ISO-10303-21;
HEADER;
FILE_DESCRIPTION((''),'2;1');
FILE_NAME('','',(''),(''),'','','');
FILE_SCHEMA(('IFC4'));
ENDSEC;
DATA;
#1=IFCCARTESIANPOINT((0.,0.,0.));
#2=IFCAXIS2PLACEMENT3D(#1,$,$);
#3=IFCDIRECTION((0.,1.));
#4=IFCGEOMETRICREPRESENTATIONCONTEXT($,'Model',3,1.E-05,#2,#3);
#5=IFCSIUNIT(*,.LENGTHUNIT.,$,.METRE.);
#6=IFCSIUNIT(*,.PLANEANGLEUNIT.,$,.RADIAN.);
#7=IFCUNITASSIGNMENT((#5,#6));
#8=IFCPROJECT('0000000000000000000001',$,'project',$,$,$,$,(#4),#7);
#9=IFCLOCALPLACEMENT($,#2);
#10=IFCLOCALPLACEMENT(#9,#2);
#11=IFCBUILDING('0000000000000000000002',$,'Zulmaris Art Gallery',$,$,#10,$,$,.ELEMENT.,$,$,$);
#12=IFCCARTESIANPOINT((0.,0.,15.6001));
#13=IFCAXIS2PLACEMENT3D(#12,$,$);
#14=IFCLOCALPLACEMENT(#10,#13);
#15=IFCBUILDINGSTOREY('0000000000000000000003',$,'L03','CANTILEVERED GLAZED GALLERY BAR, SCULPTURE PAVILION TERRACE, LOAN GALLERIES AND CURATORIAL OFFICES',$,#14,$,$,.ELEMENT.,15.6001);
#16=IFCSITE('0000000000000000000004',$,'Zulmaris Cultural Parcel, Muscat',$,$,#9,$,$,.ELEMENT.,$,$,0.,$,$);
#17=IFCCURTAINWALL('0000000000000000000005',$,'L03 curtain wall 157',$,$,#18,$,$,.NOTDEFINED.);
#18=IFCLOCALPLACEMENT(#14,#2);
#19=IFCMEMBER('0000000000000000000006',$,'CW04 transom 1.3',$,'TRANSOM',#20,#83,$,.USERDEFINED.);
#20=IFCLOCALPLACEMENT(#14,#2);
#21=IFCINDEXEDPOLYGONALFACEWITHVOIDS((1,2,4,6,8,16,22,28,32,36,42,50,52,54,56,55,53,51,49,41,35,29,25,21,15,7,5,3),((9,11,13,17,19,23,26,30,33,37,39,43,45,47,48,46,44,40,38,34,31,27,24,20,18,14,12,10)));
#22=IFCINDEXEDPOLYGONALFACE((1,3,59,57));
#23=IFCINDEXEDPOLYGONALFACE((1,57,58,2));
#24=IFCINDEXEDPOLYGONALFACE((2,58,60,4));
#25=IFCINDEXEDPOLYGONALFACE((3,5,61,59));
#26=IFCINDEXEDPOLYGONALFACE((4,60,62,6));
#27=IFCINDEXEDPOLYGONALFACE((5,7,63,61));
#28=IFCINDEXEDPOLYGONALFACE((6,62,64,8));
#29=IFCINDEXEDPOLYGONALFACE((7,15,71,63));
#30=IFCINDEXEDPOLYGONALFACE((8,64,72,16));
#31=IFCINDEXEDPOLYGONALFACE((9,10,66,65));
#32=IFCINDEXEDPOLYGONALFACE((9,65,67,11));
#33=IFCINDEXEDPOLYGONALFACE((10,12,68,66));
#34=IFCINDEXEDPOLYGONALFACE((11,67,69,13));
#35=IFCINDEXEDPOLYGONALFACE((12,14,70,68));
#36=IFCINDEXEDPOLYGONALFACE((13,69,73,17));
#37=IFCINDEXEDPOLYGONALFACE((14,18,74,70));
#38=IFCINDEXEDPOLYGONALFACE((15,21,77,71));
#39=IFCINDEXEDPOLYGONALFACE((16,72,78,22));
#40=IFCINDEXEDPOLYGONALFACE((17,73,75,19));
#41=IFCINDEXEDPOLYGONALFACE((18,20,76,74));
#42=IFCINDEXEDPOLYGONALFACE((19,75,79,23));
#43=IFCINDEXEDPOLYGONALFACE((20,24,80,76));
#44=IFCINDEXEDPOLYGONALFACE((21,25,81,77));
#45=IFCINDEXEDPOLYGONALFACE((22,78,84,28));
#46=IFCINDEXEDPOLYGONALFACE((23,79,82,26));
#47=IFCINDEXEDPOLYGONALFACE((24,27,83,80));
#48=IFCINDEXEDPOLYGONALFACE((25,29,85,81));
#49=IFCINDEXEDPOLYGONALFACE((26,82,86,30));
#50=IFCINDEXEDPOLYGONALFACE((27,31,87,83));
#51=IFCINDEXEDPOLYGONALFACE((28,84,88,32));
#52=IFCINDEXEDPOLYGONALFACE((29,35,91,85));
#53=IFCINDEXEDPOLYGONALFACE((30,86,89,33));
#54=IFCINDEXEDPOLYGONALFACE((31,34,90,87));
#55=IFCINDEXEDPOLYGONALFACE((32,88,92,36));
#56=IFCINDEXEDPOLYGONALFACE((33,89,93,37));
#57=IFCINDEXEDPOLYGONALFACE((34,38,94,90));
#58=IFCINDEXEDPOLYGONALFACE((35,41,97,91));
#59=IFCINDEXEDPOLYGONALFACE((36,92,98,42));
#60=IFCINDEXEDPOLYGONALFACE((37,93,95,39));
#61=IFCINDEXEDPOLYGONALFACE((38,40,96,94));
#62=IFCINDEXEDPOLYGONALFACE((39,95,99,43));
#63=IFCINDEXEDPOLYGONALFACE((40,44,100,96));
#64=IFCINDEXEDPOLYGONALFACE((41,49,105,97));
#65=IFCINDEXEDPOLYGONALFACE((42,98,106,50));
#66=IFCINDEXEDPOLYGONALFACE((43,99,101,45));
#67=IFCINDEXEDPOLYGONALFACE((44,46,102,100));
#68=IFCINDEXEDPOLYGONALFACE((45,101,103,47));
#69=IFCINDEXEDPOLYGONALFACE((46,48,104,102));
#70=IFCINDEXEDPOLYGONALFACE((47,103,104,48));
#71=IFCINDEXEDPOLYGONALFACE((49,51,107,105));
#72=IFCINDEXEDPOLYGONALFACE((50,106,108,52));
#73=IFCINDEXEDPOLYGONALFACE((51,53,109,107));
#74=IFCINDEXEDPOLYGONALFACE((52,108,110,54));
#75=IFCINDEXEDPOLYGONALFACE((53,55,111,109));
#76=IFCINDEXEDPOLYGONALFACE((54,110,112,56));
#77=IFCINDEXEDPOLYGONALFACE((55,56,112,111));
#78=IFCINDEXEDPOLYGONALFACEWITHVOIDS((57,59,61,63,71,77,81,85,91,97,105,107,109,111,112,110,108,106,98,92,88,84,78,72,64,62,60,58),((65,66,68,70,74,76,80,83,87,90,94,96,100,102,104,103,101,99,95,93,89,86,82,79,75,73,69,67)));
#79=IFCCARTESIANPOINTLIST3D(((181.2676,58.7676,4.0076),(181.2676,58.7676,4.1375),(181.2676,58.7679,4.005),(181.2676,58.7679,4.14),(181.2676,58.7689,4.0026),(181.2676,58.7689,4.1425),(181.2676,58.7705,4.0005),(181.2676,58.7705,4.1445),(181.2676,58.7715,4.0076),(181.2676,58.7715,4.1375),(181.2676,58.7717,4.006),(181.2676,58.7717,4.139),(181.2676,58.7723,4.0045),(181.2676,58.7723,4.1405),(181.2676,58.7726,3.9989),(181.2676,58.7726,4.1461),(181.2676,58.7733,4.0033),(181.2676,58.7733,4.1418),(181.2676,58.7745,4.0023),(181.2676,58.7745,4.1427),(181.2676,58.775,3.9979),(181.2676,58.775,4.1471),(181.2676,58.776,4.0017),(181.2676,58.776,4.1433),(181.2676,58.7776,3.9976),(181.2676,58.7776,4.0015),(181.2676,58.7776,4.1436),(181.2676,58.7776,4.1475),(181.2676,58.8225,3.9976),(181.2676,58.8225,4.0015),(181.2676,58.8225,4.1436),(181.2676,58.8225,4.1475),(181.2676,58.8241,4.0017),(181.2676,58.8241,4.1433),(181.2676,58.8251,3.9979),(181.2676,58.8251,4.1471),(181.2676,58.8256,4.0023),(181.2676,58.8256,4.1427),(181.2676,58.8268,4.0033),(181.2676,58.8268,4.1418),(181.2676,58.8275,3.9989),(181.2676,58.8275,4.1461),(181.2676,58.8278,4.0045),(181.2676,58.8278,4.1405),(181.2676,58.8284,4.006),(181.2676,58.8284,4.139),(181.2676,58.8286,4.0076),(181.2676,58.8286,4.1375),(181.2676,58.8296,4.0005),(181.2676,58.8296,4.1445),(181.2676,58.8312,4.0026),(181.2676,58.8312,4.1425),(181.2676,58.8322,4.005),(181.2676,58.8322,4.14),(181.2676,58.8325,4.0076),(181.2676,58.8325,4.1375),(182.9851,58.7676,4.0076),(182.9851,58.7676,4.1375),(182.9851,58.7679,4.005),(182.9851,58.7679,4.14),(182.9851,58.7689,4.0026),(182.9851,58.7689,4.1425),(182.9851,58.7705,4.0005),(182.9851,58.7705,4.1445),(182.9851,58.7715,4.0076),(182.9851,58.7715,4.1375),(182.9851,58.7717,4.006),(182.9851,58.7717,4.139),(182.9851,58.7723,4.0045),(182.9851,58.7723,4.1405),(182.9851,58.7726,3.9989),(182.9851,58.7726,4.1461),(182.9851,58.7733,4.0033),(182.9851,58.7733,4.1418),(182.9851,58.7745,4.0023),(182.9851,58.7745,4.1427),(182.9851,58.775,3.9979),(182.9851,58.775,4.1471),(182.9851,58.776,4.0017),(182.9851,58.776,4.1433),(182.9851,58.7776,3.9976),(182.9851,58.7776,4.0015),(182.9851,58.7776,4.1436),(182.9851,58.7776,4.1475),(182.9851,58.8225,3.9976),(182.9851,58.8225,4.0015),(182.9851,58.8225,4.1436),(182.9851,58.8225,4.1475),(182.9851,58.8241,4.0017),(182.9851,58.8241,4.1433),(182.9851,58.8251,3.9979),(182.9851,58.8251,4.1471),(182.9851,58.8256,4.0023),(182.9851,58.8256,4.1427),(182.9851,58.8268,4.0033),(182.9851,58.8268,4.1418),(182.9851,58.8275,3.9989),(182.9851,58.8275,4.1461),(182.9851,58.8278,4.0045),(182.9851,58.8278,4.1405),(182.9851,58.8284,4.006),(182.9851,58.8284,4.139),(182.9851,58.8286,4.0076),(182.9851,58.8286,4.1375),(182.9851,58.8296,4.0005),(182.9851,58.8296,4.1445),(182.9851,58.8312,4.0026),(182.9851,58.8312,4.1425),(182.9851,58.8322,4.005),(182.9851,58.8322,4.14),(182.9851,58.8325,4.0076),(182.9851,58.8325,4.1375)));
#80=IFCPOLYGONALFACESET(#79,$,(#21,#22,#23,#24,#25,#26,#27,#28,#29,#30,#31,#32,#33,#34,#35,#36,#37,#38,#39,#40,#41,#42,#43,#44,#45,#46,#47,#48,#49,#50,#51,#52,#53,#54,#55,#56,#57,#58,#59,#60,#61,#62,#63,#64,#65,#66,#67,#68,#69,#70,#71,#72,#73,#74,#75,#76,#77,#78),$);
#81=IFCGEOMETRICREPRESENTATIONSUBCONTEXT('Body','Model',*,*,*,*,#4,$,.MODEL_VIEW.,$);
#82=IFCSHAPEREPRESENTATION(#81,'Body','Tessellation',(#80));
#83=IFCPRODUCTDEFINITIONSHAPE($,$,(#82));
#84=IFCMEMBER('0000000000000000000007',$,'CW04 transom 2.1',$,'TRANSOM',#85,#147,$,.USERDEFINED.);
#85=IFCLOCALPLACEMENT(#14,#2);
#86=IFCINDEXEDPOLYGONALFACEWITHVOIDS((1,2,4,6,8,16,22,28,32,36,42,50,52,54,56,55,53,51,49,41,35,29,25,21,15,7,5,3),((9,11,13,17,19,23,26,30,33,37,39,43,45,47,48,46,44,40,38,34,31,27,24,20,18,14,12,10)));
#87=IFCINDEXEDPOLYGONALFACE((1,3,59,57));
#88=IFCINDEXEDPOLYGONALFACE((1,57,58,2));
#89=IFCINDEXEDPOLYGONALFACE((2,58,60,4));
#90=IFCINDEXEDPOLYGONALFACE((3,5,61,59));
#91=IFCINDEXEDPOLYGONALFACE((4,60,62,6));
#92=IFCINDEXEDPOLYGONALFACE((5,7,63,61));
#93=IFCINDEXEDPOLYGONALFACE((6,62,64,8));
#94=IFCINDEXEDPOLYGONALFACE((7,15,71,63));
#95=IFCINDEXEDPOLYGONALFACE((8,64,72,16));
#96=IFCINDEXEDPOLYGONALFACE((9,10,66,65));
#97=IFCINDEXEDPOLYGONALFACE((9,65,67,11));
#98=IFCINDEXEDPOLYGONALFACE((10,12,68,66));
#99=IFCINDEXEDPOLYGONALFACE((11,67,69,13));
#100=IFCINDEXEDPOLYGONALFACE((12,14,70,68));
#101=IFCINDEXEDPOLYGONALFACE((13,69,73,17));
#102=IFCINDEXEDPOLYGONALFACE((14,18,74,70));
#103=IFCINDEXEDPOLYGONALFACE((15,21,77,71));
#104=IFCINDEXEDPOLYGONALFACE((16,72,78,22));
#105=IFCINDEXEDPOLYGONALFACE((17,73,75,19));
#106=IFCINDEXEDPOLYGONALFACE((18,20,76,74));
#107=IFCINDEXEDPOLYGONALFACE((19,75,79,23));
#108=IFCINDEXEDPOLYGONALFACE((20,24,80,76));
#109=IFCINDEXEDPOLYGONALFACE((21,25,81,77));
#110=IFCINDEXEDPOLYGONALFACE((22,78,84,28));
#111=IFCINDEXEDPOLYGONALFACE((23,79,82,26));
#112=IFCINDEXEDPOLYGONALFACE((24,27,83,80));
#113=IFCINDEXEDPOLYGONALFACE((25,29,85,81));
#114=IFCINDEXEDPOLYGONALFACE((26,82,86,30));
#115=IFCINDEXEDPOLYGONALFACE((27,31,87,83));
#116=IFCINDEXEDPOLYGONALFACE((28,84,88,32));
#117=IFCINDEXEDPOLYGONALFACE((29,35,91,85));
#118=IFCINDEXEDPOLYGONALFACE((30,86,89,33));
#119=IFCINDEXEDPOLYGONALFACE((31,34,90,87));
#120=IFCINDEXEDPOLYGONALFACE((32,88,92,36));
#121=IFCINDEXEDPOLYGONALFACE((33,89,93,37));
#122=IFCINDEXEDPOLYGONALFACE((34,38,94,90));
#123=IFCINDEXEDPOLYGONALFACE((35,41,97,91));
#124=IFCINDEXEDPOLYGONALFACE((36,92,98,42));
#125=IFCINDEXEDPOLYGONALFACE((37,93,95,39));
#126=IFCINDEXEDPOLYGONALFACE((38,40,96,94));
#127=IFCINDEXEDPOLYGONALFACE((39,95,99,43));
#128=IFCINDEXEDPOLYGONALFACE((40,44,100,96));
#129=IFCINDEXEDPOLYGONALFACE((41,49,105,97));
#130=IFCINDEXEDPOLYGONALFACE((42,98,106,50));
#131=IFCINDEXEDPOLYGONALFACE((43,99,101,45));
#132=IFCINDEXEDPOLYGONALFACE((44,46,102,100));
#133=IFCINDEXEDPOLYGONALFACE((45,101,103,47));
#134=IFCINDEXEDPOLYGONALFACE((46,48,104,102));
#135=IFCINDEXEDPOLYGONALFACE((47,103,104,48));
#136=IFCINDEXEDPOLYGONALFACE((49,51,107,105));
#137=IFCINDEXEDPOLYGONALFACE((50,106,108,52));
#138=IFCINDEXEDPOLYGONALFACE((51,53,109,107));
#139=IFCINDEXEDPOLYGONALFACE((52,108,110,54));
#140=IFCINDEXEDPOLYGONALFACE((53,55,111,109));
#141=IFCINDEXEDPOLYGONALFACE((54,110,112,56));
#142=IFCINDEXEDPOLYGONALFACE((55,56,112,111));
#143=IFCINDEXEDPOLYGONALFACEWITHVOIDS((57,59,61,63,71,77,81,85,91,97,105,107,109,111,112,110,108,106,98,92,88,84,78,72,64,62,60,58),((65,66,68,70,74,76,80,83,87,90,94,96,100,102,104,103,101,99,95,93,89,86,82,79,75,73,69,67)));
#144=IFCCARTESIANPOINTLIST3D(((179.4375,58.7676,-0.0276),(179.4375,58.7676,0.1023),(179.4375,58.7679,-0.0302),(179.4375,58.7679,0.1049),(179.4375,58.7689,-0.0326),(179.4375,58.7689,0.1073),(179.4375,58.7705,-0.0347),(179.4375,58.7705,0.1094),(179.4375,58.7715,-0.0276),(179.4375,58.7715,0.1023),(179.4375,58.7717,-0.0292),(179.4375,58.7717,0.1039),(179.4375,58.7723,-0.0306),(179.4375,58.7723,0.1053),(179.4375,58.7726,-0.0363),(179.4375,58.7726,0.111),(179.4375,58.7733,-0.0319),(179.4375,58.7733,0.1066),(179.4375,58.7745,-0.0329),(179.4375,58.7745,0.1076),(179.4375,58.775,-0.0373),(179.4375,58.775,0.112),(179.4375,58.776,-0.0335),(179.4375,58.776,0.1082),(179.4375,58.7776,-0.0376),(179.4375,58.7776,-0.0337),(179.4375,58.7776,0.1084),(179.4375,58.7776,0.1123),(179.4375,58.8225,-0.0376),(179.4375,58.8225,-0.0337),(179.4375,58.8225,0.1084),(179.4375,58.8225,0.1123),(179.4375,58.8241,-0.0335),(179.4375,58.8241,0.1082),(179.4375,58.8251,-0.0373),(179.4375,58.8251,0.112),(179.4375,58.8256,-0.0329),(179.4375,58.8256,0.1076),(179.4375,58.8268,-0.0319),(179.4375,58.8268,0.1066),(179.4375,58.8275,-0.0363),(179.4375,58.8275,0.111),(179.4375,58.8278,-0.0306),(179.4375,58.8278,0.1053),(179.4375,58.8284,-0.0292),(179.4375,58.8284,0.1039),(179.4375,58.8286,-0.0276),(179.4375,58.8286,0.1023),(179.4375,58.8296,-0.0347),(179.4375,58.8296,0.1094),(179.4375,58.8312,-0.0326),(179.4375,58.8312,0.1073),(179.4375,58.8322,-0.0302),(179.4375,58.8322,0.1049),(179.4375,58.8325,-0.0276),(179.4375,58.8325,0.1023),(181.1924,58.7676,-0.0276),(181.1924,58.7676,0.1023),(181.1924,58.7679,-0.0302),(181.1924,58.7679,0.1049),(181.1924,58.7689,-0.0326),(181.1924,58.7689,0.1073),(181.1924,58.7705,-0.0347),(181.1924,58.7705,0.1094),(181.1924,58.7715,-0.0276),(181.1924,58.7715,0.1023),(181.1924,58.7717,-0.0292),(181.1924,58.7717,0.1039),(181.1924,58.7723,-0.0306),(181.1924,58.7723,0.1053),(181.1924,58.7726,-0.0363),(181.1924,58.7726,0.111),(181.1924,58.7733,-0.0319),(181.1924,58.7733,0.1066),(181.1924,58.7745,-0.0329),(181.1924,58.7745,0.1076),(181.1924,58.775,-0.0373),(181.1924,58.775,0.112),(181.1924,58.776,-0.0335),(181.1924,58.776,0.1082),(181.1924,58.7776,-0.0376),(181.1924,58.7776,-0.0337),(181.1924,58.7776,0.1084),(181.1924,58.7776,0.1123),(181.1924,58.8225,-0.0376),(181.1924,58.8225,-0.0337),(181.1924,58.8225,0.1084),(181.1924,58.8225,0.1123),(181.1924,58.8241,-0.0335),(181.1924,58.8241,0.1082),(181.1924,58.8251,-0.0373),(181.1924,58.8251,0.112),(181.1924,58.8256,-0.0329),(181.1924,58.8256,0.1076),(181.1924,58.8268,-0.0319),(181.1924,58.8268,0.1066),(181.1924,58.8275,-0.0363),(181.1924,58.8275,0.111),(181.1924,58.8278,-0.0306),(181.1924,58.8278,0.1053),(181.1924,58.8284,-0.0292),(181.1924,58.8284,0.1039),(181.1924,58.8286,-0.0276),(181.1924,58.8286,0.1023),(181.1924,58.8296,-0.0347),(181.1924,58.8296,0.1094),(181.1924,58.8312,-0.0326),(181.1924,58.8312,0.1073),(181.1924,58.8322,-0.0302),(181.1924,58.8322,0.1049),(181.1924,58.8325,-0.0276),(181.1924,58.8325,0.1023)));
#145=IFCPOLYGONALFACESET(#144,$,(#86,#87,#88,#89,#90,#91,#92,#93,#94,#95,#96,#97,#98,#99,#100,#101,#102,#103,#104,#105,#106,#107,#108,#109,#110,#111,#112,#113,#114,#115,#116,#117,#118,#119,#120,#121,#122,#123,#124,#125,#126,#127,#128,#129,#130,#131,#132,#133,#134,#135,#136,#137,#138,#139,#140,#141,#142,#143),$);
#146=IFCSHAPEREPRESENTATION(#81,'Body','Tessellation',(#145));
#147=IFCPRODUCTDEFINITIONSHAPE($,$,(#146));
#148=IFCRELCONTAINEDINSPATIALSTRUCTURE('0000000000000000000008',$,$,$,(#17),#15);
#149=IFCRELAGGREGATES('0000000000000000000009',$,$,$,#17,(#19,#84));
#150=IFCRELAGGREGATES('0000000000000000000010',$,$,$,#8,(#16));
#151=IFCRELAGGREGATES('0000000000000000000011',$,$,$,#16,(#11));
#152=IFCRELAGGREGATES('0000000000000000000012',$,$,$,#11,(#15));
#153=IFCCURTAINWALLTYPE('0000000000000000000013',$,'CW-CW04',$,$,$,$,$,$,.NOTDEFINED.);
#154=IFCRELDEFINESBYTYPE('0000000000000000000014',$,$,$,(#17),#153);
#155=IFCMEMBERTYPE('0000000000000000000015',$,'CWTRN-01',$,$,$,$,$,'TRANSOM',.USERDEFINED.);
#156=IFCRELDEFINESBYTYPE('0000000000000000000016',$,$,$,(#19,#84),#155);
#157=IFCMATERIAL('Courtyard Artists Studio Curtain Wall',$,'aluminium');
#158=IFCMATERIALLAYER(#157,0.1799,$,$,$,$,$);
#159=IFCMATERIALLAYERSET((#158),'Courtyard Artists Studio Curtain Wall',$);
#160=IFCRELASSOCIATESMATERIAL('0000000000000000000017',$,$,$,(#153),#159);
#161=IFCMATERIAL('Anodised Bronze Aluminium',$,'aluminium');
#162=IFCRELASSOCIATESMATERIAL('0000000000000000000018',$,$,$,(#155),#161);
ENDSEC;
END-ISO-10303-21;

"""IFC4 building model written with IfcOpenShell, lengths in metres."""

from ifc_helpers import new_model, si_unit, direction, frame, origin, origin_2d, place, context, subcontext, project, spatial, hollow_rectangle, extrude, material, layer, layer_set, material_profile, profile_set, type_object, element, aggregate, save


model = new_model("IFC4")

# Units and contexts
model_context = context("Model", 3, precision=1e-05, world=origin(), true_north=direction((0.0, 1.0)))
body_context = subcontext(model_context, "Body", "Model", "MODEL_VIEW")
ifc_project = project(units=[si_unit("LENGTHUNIT", "METRE"), si_unit("PLANEANGLEUNIT", "RADIAN")], contexts=[model_context])

# Site, building, storey
site_placement = place(None, origin())
site = spatial("IfcSite", under=ifc_project, at=site_placement, Name="Zulmaris Cultural Parcel, Muscat", CompositionType="ELEMENT", RefElevation=0.0)
building_placement = place(site_placement, origin())
building = spatial("IfcBuilding", under=site, at=building_placement, Name="Zulmaris Art Gallery", CompositionType="ELEMENT")
storey_placement = place(building_placement, frame((0.0, 0.0, 15.6001)))
storey = spatial("IfcBuildingStorey", under=building, at=storey_placement, Name="L03", Description="CANTILEVERED GLAZED GALLERY BAR, SCULPTURE PAVILION TERRACE, LOAN GALLERIES AND CURATORIAL OFFICES", CompositionType="ELEMENT", Elevation=15.6001)

# Curtain wall, members
ifc_material_1 = material(Name="Courtyard Artists Studio Curtain Wall", Category="aluminium")
ifc_layer_1 = layer(ifc_material_1, 0.1799)
ifc_layer_set_1 = layer_set([ifc_layer_1], Name="Courtyard Artists Studio Curtain Wall")
curtain_wall_type = type_object("IfcCurtainWallType", Name="CW-CW04", PredefinedType="NOTDEFINED", material=ifc_layer_set_1)
curtain_wall_placement = place(storey_placement, origin())
curtain_wall = element("IfcCurtainWall", 1, at=curtain_wall_placement, inside=storey, type_object=curtain_wall_type, Name="L03 curtain wall 157", PredefinedType="NOTDEFINED")
ifc_material_2 = material(Name="Anodised Bronze Aluminium", Category="aluminium")
ifc_material_profile_1 = material_profile(ifc_material_2, hollow_rectangle(XDim=0.0649, YDim=0.1499, WallThickness=0.0039, InnerFilletRadius=0.0061, OuterFilletRadius=0.01, at=origin_2d()), Name="ALU 65x150x4")
ifc_profile_set_1 = profile_set([ifc_material_profile_1], Name="Anodised Bronze Aluminium")
member_type_1 = type_object("IfcMemberType", Name="CWTRN-01", ElementType="TRANSOM", PredefinedType="USERDEFINED", material=ifc_profile_set_1)
member_1_placement = place(storey_placement, frame((182.9851, 58.8, 4.0725), z_axis=(-1.0, 0.0, 0.0), x_axis=(0.0, -1.0, 0.0)))
member_1 = element("IfcMember", 2, at=member_1_placement, type_object=member_type_1, Name="CW04 transom 1.3", ObjectType="TRANSOM", PredefinedType="USERDEFINED", context=body_context, shape_type="SweptSolid", body=[
    extrude(hollow_rectangle(XDim=0.0649, YDim=0.1499, WallThickness=0.0039, InnerFilletRadius=0.0061, OuterFilletRadius=0.01, at=origin_2d()), origin(), (0.0, 0.0, 1.0), 1.7175),
])
member_2_placement = place(storey_placement, frame((181.1924, 58.8, 0.0374), z_axis=(-1.0, 0.0, 0.0), x_axis=(0.0, -1.0, 0.0)))
member_2 = element("IfcMember", 3, at=member_2_placement, type_object=member_type_1, Name="CW04 transom 2.1", ObjectType="TRANSOM", PredefinedType="USERDEFINED", context=body_context, shape_type="SweptSolid", body=[
    extrude(hollow_rectangle(XDim=0.0649, YDim=0.1499, WallThickness=0.0039, InnerFilletRadius=0.0061, OuterFilletRadius=0.01, at=origin_2d()), origin(), (0.0, 0.0, 1.0), 1.7549),
])
aggregate(curtain_wall, [member_1, member_2])

save(model, "model.ifc")
